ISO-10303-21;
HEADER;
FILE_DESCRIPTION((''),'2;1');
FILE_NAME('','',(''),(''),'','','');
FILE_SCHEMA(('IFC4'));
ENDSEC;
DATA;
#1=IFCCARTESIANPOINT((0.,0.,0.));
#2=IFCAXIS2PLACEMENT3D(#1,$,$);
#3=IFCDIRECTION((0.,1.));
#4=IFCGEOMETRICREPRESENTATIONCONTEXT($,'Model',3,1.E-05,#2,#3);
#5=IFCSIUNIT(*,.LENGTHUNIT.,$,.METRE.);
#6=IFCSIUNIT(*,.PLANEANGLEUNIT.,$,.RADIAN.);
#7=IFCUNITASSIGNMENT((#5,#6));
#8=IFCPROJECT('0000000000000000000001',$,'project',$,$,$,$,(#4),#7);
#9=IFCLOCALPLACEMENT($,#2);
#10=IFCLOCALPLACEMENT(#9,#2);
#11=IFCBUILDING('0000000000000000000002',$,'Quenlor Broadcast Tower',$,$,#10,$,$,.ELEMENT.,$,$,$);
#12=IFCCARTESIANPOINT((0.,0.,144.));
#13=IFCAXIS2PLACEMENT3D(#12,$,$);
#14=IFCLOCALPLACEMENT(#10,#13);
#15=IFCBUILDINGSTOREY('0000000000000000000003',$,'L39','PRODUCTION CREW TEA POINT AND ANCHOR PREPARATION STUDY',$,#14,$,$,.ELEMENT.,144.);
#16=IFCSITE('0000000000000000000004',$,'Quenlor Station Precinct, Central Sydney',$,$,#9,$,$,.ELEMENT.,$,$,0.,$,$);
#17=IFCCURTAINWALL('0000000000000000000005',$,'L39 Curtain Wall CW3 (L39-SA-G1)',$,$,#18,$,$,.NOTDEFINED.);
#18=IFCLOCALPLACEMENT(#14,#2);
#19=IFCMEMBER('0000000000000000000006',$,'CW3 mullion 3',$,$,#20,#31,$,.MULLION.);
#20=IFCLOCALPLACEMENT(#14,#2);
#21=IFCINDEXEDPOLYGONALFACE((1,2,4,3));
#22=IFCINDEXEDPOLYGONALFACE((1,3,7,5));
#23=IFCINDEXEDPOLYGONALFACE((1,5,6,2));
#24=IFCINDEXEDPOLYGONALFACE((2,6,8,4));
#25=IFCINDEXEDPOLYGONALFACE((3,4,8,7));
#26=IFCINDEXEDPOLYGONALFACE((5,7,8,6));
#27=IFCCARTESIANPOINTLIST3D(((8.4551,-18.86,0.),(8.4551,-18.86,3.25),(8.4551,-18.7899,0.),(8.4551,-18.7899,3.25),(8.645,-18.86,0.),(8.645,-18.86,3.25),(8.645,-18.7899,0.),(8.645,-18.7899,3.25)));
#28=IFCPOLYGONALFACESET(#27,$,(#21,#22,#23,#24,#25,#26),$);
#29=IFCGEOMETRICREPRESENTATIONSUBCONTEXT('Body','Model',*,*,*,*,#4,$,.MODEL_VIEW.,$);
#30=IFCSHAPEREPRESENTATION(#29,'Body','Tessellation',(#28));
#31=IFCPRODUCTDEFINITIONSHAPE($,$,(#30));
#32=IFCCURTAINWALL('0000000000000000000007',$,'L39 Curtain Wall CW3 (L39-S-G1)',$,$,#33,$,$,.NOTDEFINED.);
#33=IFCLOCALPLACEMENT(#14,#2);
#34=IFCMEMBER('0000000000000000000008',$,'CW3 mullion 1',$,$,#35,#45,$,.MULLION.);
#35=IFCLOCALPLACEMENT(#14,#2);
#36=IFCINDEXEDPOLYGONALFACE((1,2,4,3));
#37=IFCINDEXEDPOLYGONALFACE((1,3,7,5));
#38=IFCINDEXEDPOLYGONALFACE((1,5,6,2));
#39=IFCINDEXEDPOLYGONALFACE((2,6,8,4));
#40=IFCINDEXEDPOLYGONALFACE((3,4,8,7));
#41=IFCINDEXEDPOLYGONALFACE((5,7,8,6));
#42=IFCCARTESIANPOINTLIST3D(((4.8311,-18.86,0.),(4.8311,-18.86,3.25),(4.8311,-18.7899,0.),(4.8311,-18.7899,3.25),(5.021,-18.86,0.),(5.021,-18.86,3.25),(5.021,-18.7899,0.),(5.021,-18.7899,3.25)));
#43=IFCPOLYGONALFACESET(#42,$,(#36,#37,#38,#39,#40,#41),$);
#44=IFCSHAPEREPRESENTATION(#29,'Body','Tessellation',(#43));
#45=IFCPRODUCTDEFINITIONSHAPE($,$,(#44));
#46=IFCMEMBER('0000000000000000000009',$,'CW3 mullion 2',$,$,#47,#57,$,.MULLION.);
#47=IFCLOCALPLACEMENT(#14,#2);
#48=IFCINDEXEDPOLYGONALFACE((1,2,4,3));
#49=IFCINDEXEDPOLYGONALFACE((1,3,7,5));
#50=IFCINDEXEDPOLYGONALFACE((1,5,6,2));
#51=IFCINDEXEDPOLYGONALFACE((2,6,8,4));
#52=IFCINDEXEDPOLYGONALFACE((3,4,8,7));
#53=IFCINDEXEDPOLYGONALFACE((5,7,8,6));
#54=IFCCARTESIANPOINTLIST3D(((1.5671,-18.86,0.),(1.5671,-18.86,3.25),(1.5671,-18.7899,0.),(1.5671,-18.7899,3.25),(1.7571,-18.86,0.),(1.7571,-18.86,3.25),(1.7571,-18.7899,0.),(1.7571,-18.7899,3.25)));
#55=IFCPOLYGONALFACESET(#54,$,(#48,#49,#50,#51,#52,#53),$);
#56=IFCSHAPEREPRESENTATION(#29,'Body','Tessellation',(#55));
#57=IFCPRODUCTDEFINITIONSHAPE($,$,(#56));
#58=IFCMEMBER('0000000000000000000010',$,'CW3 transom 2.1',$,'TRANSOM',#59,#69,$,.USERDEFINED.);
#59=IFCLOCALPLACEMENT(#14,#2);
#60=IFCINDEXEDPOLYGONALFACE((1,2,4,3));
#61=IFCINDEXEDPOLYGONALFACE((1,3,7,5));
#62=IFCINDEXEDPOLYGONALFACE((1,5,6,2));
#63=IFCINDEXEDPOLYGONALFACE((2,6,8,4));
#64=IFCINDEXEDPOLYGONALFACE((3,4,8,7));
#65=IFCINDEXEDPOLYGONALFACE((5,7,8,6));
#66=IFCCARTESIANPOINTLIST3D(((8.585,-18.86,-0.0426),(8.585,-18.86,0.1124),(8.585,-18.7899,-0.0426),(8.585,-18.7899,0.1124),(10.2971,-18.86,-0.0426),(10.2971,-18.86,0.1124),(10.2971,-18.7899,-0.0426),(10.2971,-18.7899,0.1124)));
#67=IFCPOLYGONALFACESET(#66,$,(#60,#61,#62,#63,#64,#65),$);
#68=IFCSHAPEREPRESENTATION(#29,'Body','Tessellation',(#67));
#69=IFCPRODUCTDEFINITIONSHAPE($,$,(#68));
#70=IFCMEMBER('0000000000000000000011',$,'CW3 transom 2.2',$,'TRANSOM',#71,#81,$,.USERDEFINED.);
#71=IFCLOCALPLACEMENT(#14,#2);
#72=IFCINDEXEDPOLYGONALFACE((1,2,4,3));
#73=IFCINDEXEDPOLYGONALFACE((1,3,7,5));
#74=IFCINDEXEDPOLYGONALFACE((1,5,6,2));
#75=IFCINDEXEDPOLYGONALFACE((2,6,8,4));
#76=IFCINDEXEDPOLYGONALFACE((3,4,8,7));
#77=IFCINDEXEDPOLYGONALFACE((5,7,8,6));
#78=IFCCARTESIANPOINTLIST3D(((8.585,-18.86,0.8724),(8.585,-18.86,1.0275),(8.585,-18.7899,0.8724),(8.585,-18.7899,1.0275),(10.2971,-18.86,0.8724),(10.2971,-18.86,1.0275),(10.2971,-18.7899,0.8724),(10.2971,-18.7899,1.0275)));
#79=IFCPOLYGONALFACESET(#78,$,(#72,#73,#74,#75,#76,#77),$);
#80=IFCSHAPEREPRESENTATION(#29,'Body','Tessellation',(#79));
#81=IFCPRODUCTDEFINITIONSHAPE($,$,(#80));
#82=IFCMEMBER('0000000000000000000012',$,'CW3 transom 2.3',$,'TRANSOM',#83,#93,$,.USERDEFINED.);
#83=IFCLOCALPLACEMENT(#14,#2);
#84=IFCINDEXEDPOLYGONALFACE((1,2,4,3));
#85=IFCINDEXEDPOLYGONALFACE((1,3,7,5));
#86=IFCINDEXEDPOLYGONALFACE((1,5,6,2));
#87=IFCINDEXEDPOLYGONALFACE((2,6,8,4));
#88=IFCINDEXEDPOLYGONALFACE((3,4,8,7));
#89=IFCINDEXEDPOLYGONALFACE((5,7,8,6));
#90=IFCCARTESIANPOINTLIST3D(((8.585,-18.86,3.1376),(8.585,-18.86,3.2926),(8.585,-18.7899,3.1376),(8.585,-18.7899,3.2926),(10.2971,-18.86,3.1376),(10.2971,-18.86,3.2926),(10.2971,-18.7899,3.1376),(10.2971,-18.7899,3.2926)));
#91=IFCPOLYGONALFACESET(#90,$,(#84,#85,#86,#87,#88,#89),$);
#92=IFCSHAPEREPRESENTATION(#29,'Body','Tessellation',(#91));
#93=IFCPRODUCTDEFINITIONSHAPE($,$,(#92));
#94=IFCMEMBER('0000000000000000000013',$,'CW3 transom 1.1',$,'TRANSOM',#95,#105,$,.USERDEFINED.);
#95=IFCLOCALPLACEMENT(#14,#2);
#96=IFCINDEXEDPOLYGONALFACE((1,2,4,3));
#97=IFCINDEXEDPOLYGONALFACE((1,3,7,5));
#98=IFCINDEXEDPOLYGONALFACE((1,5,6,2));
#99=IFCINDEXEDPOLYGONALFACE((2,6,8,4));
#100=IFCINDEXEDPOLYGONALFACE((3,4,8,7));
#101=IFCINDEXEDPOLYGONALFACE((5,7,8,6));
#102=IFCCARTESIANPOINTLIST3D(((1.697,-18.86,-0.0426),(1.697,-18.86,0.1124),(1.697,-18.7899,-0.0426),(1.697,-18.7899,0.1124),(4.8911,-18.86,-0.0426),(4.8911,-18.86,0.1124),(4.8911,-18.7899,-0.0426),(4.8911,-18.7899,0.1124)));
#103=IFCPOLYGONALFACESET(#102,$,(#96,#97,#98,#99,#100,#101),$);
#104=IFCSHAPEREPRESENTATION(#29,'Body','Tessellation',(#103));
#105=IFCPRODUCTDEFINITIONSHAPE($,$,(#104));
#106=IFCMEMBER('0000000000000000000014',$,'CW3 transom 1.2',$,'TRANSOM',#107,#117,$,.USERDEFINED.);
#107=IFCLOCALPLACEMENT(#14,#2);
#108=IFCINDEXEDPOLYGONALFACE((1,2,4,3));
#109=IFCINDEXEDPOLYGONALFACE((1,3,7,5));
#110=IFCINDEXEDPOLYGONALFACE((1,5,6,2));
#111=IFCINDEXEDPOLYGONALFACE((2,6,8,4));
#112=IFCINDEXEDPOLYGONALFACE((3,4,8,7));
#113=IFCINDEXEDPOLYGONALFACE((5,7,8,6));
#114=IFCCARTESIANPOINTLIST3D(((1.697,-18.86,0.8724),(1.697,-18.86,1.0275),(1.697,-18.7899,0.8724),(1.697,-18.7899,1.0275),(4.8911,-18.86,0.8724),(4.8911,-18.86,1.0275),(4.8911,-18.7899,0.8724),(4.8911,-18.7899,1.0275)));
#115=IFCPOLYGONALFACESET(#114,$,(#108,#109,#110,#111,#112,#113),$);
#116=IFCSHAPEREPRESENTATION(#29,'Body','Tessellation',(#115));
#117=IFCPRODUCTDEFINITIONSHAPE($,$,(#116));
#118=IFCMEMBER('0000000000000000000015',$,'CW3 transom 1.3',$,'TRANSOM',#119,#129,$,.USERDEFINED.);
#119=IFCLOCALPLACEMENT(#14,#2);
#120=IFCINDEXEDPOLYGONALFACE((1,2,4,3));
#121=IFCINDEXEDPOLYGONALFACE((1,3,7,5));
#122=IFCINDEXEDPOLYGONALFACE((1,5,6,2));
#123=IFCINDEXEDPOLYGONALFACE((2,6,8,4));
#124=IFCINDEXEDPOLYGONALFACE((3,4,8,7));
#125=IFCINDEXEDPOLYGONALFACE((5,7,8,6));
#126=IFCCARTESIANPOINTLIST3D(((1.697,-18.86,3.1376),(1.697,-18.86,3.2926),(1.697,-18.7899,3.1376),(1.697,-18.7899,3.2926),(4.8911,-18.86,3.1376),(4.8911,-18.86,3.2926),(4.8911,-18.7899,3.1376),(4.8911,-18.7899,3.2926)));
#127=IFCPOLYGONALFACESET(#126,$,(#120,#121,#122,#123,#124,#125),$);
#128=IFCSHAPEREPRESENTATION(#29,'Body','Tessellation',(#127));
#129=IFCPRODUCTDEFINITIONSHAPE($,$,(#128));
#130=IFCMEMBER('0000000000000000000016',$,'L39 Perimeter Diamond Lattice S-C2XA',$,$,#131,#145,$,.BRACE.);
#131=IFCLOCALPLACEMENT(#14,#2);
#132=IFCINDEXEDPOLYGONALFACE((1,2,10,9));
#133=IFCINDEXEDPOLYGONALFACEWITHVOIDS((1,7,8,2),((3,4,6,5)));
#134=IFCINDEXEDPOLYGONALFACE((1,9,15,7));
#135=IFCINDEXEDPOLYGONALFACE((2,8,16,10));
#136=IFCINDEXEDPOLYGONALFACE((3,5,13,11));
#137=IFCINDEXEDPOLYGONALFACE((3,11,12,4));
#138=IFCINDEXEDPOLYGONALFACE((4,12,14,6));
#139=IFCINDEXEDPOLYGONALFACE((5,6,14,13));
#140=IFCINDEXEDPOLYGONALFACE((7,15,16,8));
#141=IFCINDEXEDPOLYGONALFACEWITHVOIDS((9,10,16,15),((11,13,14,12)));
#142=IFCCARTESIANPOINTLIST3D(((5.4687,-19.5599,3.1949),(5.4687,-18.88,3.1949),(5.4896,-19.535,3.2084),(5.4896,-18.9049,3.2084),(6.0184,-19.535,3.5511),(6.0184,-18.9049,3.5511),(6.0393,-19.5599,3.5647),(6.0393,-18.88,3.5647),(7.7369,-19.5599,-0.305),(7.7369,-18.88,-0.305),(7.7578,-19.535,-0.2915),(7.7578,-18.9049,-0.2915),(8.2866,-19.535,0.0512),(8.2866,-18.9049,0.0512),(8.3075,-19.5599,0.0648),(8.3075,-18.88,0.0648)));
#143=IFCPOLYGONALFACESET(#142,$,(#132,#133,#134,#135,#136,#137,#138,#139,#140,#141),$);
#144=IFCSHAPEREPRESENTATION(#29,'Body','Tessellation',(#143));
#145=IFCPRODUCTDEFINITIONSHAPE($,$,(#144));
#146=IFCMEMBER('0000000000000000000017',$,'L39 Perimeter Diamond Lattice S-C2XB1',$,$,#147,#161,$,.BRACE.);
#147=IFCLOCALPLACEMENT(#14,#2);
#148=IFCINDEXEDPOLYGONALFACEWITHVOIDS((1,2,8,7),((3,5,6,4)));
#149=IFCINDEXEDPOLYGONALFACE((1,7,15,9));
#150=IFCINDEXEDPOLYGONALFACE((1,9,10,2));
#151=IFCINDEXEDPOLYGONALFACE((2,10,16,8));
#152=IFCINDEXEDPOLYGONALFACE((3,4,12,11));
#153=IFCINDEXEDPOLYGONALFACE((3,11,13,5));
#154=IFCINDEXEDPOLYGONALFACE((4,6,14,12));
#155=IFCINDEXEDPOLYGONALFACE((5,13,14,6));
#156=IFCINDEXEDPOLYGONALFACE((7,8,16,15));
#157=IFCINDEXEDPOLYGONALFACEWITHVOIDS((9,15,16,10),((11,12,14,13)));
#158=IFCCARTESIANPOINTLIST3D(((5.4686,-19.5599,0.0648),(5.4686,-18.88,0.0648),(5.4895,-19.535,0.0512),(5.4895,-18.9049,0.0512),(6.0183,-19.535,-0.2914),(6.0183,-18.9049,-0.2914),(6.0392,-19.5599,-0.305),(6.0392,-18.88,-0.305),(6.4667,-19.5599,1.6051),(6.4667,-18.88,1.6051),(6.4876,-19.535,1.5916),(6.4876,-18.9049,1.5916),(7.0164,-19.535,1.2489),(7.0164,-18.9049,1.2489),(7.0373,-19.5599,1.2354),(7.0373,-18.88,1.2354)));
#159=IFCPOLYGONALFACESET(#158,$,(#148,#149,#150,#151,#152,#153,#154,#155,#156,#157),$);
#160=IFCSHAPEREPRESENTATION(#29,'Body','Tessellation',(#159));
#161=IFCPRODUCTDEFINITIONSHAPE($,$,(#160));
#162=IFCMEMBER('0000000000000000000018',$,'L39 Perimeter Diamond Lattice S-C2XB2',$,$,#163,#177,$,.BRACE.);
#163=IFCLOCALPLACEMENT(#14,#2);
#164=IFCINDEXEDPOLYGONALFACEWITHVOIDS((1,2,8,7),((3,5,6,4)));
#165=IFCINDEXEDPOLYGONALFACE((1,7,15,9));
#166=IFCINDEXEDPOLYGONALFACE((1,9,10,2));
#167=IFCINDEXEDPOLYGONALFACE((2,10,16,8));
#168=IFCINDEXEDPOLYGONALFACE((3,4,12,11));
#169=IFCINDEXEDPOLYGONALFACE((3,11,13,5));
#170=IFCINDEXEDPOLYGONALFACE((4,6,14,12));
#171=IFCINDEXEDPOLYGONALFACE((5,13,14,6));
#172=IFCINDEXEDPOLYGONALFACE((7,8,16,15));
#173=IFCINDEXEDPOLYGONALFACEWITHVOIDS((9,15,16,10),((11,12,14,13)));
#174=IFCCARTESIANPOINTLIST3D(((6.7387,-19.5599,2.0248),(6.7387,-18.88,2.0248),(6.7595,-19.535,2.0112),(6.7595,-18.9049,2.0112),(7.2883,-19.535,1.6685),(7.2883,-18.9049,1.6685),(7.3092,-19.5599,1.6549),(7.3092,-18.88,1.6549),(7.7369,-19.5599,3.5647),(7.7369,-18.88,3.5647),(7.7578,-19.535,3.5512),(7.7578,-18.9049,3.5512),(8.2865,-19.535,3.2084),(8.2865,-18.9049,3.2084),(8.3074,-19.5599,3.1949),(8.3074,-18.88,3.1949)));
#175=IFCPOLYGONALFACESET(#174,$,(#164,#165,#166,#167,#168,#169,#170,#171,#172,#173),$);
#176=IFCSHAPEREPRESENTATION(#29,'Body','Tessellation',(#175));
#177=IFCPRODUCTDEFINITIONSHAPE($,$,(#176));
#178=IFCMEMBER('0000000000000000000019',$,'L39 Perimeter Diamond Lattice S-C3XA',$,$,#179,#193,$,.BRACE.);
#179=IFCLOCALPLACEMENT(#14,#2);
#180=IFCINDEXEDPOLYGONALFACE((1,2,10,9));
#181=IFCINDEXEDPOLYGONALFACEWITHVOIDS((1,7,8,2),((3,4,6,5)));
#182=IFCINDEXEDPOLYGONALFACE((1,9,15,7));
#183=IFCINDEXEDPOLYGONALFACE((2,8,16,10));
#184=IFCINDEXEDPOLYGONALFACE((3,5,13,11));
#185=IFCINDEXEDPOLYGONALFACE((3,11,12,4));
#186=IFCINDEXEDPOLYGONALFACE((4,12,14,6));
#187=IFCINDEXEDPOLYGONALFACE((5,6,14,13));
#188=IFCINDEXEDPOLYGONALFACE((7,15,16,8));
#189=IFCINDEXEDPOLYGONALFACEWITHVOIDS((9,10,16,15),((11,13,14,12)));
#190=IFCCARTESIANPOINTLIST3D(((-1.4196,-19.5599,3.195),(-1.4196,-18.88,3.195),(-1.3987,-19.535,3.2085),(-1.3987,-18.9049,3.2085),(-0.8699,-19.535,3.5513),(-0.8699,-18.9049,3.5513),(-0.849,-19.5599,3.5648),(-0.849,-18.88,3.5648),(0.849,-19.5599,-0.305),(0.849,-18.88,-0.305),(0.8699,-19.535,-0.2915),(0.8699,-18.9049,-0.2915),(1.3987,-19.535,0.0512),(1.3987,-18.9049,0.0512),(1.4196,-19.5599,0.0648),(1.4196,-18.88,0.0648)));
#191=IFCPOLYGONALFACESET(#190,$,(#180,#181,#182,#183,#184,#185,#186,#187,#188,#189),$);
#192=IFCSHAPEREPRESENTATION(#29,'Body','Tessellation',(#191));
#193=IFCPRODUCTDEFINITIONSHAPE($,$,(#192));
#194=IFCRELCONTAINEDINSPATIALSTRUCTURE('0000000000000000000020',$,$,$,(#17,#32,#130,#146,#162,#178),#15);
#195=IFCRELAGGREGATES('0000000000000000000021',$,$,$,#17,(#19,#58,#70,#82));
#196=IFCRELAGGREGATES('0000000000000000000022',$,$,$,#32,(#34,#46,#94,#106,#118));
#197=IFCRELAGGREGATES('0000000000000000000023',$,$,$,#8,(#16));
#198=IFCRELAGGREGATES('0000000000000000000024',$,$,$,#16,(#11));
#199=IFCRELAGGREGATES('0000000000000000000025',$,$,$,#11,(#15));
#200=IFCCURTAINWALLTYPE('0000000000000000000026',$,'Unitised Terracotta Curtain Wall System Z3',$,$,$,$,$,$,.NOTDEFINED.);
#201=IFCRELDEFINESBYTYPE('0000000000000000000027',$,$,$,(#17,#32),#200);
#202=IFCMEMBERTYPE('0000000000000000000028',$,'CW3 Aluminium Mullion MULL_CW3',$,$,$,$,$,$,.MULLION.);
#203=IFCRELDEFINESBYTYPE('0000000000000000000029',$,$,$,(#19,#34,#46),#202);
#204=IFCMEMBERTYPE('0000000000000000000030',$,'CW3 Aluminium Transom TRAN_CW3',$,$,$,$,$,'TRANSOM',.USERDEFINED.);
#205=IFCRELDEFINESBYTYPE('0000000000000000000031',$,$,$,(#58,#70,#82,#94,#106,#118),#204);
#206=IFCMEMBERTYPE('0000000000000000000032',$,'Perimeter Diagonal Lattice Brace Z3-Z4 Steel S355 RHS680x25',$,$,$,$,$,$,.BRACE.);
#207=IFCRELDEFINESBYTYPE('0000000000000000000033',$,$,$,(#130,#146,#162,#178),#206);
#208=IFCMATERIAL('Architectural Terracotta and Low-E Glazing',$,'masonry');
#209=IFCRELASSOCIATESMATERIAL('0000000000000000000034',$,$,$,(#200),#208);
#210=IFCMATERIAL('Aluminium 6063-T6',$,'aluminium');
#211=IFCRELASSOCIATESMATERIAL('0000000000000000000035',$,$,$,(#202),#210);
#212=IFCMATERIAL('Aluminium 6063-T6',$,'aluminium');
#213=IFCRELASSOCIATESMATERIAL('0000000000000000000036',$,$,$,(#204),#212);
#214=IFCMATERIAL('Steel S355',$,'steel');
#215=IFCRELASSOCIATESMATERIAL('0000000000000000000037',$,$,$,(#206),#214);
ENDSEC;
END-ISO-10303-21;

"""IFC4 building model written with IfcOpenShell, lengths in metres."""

from ifc_helpers import new_model, si_unit, direction, frame, origin, origin_2d, place, context, subcontext, project, spatial, rectangle, hollow_rectangle, extrude, material, material_profile, profile_set, type_object, element, aggregate, save


model = new_model("IFC4")

# Units and contexts
model_context = context("Model", 3, precision=1e-05, world=origin(), true_north=direction((0.0, 1.0)))
body_context = subcontext(model_context, "Body", "Model", "MODEL_VIEW")
ifc_project = project(units=[si_unit("LENGTHUNIT", "METRE"), si_unit("PLANEANGLEUNIT", "RADIAN")], contexts=[model_context])

# Site, building, storey
site_placement = place(None, origin())
site = spatial("IfcSite", under=ifc_project, at=site_placement, Name="Quenlor Station Precinct, Central Sydney", CompositionType="ELEMENT", RefElevation=0.0)
building_placement = place(site_placement, origin())
building = spatial("IfcBuilding", under=site, at=building_placement, Name="Quenlor Broadcast Tower", CompositionType="ELEMENT")
storey_placement = place(building_placement, frame((0.0, 0.0, 144.0)))
storey = spatial("IfcBuildingStorey", under=building, at=storey_placement, Name="L39", Description="PRODUCTION CREW TEA POINT AND ANCHOR PREPARATION STUDY", CompositionType="ELEMENT", Elevation=144.0)

# Curtain wall, member
ifc_material_1 = material(Name="Architectural Terracotta and Low-E Glazing", Category="masonry")
curtain_wall_type = type_object("IfcCurtainWallType", Name="Unitised Terracotta Curtain Wall System Z3", PredefinedType="NOTDEFINED", material=ifc_material_1)
curtain_wall_1_placement = place(storey_placement, origin())
curtain_wall_1 = element("IfcCurtainWall", 1, at=curtain_wall_1_placement, inside=storey, type_object=curtain_wall_type, Name="L39 Curtain Wall CW3 (L39-SA-G1)", PredefinedType="NOTDEFINED")
ifc_material_2 = material(Name="Aluminium 6063-T6", Category="aluminium")
ifc_material_profile_1 = material_profile(ifc_material_2, rectangle(XDim=0.0701, YDim=0.1899, at=origin_2d()))
ifc_profile_set_1 = profile_set([ifc_material_profile_1], Name="Aluminium 6063-T6 MULL70x190")
member_type_1 = type_object("IfcMemberType", Name="CW3 Aluminium Mullion MULL_CW3", PredefinedType="MULLION", material=ifc_profile_set_1)
member_1_placement = place(storey_placement, frame((8.55, -18.825, 0.0), z_axis=(0.0, 0.0, 1.0), x_axis=(0.0, -1.0, 0.0)))
member_1 = element("IfcMember", 2, at=member_1_placement, type_object=member_type_1, Name="CW3 mullion 3", PredefinedType="MULLION", context=body_context, shape_type="SweptSolid", body=[
    extrude(rectangle(XDim=0.0701, YDim=0.1899, at=origin_2d()), origin(), (0.0, 0.0, 1.0), 3.25),
])

# Curtain wall, members
curtain_wall_2_placement = place(storey_placement, origin())
curtain_wall_2 = element("IfcCurtainWall", 3, at=curtain_wall_2_placement, inside=storey, type_object=curtain_wall_type, Name="L39 Curtain Wall CW3 (L39-S-G1)", PredefinedType="NOTDEFINED")
member_2_placement = place(storey_placement, frame((4.926, -18.825, 0.0), z_axis=(0.0, 0.0, 1.0), x_axis=(0.0, -1.0, 0.0)))
member_2 = element("IfcMember", 4, at=member_2_placement, type_object=member_type_1, Name="CW3 mullion 1", PredefinedType="MULLION", context=body_context, shape_type="SweptSolid", body=[
    extrude(rectangle(XDim=0.0701, YDim=0.1899, at=origin_2d()), origin(), (0.0, 0.0, 1.0), 3.25),
])
member_3_placement = place(storey_placement, frame((1.6621, -18.825, 0.0), z_axis=(0.0, 0.0, 1.0), x_axis=(0.0, -1.0, 0.0)))
member_3 = element("IfcMember", 5, at=member_3_placement, type_object=member_type_1, Name="CW3 mullion 2", PredefinedType="MULLION", context=body_context, shape_type="SweptSolid", body=[
    extrude(rectangle(XDim=0.0701, YDim=0.1899, at=origin_2d()), origin(), (0.0, 0.0, 1.0), 3.25),
])

# Members
ifc_material_3 = material(Name="Aluminium 6063-T6", Category="aluminium")
ifc_material_profile_2 = material_profile(ifc_material_3, rectangle(XDim=0.0701, YDim=0.155, at=origin_2d()))
ifc_profile_set_2 = profile_set([ifc_material_profile_2], Name="Aluminium 6063-T6 TRAN70x155")
member_type_2 = type_object("IfcMemberType", Name="CW3 Aluminium Transom TRAN_CW3", ElementType="TRANSOM", PredefinedType="USERDEFINED", material=ifc_profile_set_2)
member_4_placement = place(storey_placement, frame((10.2971, -18.825, 0.0349), z_axis=(-1.0, 0.0, 0.0), x_axis=(0.0, -1.0, 0.0)))
member_4 = element("IfcMember", 6, at=member_4_placement, type_object=member_type_2, Name="CW3 transom 2.1", ObjectType="TRANSOM", PredefinedType="USERDEFINED", context=body_context, shape_type="SweptSolid", body=[
    extrude(rectangle(XDim=0.0701, YDim=0.155, at=origin_2d()), origin(), (0.0, 0.0, 1.0), 1.7122),
])
member_5_placement = place(storey_placement, frame((10.2971, -18.825, 0.95), z_axis=(-1.0, 0.0, 0.0), x_axis=(0.0, -1.0, 0.0)))
member_5 = element("IfcMember", 7, at=member_5_placement, type_object=member_type_2, Name="CW3 transom 2.2", ObjectType="TRANSOM", PredefinedType="USERDEFINED", context=body_context, shape_type="SweptSolid", body=[
    extrude(rectangle(XDim=0.0701, YDim=0.155, at=origin_2d()), origin(), (0.0, 0.0, 1.0), 1.7122),
])
member_6_placement = place(storey_placement, frame((10.2971, -18.825, 3.2151), z_axis=(-1.0, 0.0, 0.0), x_axis=(0.0, -1.0, 0.0)))
member_6 = element("IfcMember", 8, at=member_6_placement, type_object=member_type_2, Name="CW3 transom 2.3", ObjectType="TRANSOM", PredefinedType="USERDEFINED", context=body_context, shape_type="SweptSolid", body=[
    extrude(rectangle(XDim=0.0701, YDim=0.155, at=origin_2d()), origin(), (0.0, 0.0, 1.0), 1.7122),
])
member_7_placement = place(storey_placement, frame((4.8911, -18.825, 0.0349), z_axis=(-1.0, 0.0, 0.0), x_axis=(0.0, -1.0, 0.0)))
member_7 = element("IfcMember", 9, at=member_7_placement, type_object=member_type_2, Name="CW3 transom 1.1", ObjectType="TRANSOM", PredefinedType="USERDEFINED", context=body_context, shape_type="SweptSolid", body=[
    extrude(rectangle(XDim=0.0701, YDim=0.155, at=origin_2d()), origin(), (0.0, 0.0, 1.0), 3.1941),
])
member_8_placement = place(storey_placement, frame((4.8911, -18.825, 0.95), z_axis=(-1.0, 0.0, 0.0), x_axis=(0.0, -1.0, 0.0)))
member_8 = element("IfcMember", 10, at=member_8_placement, type_object=member_type_2, Name="CW3 transom 1.2", ObjectType="TRANSOM", PredefinedType="USERDEFINED", context=body_context, shape_type="SweptSolid", body=[
    extrude(rectangle(XDim=0.0701, YDim=0.155, at=origin_2d()), origin(), (0.0, 0.0, 1.0), 3.1941),
])
member_9_placement = place(storey_placement, frame((4.8911, -18.825, 3.2151), z_axis=(-1.0, 0.0, 0.0), x_axis=(0.0, -1.0, 0.0)))
member_9 = element("IfcMember", 11, at=member_9_placement, type_object=member_type_2, Name="CW3 transom 1.3", ObjectType="TRANSOM", PredefinedType="USERDEFINED", context=body_context, shape_type="SweptSolid", body=[
    extrude(rectangle(XDim=0.0701, YDim=0.155, at=origin_2d()), origin(), (0.0, 0.0, 1.0), 3.1941),
])

# Members
ifc_material_4 = material(Name="Steel S355", Category="steel")
ifc_material_profile_3 = material_profile(ifc_material_4, hollow_rectangle(XDim=0.6799, YDim=0.6799, WallThickness=0.0249, at=origin_2d()))
ifc_profile_set_3 = profile_set([ifc_material_profile_3], Name="Steel S355 RHS680x680x25")
member_type_3 = type_object("IfcMemberType", Name="Perimeter Diagonal Lattice Brace Z3-Z4 Steel S355 RHS680x25", PredefinedType="BRACE", material=ifc_profile_set_3)
member_10_placement = place(storey_placement, frame((8.0222, -19.22, -0.1201), z_axis=(-0.54386, 0.0, 0.839176), x_axis=(0.0, -1.0, 0.0)))
element("IfcMember", 12, at=member_10_placement, inside=storey, type_object=member_type_3, Name="L39 Perimeter Diamond Lattice S-C2XA", PredefinedType="BRACE", context=body_context, shape_type="SweptSolid", body=[
    extrude(hollow_rectangle(XDim=0.6799, YDim=0.6799, WallThickness=0.0249, at=origin_2d()), origin(), (0.0, 0.0, 1.0), 4.1707),
])
member_11_placement = place(storey_placement, frame((5.7539, -19.22, -0.1201), z_axis=(0.543786, 0.0, 0.839224), x_axis=(0.0, 1.0, 0.0)))
element("IfcMember", 13, at=member_11_placement, inside=storey, type_object=member_type_3, Name="L39 Perimeter Diamond Lattice S-C2XB1", PredefinedType="BRACE", context=body_context, shape_type="SweptSolid", body=[
    extrude(hollow_rectangle(XDim=0.6799, YDim=0.6799, WallThickness=0.0249, at=origin_2d()), origin(), (0.0, 0.0, 1.0), 1.8354),
])
member_12_placement = place(storey_placement, frame((7.0239, -19.22, 1.8398), z_axis=(0.543941, 0.0, 0.839124), x_axis=(0.0, 1.0, 0.0)))
element("IfcMember", 14, at=member_12_placement, inside=storey, type_object=member_type_3, Name="L39 Perimeter Diamond Lattice S-C2XB2", PredefinedType="BRACE", context=body_context, shape_type="SweptSolid", body=[
    extrude(hollow_rectangle(XDim=0.6799, YDim=0.6799, WallThickness=0.0249, at=origin_2d()), origin(), (0.0, 0.0, 1.0), 1.8352),
])
member_13_placement = place(storey_placement, frame((1.1343, -19.22, -0.1201), z_axis=(-0.543902, 0.0, 0.839149), x_axis=(0.0, -1.0, 0.0)))
element("IfcMember", 15, at=member_13_placement, inside=storey, type_object=member_type_3, Name="L39 Perimeter Diamond Lattice S-C3XA", PredefinedType="BRACE", context=body_context, shape_type="SweptSolid", body=[
    extrude(hollow_rectangle(XDim=0.6799, YDim=0.6799, WallThickness=0.0249, at=origin_2d()), origin(), (0.0, 0.0, 1.0), 4.1709),
])

aggregate(curtain_wall_1, [member_1, member_4, member_5, member_6])
aggregate(curtain_wall_2, [member_2, member_3, member_7, member_8, member_9])

save(model, "model.ifc")
